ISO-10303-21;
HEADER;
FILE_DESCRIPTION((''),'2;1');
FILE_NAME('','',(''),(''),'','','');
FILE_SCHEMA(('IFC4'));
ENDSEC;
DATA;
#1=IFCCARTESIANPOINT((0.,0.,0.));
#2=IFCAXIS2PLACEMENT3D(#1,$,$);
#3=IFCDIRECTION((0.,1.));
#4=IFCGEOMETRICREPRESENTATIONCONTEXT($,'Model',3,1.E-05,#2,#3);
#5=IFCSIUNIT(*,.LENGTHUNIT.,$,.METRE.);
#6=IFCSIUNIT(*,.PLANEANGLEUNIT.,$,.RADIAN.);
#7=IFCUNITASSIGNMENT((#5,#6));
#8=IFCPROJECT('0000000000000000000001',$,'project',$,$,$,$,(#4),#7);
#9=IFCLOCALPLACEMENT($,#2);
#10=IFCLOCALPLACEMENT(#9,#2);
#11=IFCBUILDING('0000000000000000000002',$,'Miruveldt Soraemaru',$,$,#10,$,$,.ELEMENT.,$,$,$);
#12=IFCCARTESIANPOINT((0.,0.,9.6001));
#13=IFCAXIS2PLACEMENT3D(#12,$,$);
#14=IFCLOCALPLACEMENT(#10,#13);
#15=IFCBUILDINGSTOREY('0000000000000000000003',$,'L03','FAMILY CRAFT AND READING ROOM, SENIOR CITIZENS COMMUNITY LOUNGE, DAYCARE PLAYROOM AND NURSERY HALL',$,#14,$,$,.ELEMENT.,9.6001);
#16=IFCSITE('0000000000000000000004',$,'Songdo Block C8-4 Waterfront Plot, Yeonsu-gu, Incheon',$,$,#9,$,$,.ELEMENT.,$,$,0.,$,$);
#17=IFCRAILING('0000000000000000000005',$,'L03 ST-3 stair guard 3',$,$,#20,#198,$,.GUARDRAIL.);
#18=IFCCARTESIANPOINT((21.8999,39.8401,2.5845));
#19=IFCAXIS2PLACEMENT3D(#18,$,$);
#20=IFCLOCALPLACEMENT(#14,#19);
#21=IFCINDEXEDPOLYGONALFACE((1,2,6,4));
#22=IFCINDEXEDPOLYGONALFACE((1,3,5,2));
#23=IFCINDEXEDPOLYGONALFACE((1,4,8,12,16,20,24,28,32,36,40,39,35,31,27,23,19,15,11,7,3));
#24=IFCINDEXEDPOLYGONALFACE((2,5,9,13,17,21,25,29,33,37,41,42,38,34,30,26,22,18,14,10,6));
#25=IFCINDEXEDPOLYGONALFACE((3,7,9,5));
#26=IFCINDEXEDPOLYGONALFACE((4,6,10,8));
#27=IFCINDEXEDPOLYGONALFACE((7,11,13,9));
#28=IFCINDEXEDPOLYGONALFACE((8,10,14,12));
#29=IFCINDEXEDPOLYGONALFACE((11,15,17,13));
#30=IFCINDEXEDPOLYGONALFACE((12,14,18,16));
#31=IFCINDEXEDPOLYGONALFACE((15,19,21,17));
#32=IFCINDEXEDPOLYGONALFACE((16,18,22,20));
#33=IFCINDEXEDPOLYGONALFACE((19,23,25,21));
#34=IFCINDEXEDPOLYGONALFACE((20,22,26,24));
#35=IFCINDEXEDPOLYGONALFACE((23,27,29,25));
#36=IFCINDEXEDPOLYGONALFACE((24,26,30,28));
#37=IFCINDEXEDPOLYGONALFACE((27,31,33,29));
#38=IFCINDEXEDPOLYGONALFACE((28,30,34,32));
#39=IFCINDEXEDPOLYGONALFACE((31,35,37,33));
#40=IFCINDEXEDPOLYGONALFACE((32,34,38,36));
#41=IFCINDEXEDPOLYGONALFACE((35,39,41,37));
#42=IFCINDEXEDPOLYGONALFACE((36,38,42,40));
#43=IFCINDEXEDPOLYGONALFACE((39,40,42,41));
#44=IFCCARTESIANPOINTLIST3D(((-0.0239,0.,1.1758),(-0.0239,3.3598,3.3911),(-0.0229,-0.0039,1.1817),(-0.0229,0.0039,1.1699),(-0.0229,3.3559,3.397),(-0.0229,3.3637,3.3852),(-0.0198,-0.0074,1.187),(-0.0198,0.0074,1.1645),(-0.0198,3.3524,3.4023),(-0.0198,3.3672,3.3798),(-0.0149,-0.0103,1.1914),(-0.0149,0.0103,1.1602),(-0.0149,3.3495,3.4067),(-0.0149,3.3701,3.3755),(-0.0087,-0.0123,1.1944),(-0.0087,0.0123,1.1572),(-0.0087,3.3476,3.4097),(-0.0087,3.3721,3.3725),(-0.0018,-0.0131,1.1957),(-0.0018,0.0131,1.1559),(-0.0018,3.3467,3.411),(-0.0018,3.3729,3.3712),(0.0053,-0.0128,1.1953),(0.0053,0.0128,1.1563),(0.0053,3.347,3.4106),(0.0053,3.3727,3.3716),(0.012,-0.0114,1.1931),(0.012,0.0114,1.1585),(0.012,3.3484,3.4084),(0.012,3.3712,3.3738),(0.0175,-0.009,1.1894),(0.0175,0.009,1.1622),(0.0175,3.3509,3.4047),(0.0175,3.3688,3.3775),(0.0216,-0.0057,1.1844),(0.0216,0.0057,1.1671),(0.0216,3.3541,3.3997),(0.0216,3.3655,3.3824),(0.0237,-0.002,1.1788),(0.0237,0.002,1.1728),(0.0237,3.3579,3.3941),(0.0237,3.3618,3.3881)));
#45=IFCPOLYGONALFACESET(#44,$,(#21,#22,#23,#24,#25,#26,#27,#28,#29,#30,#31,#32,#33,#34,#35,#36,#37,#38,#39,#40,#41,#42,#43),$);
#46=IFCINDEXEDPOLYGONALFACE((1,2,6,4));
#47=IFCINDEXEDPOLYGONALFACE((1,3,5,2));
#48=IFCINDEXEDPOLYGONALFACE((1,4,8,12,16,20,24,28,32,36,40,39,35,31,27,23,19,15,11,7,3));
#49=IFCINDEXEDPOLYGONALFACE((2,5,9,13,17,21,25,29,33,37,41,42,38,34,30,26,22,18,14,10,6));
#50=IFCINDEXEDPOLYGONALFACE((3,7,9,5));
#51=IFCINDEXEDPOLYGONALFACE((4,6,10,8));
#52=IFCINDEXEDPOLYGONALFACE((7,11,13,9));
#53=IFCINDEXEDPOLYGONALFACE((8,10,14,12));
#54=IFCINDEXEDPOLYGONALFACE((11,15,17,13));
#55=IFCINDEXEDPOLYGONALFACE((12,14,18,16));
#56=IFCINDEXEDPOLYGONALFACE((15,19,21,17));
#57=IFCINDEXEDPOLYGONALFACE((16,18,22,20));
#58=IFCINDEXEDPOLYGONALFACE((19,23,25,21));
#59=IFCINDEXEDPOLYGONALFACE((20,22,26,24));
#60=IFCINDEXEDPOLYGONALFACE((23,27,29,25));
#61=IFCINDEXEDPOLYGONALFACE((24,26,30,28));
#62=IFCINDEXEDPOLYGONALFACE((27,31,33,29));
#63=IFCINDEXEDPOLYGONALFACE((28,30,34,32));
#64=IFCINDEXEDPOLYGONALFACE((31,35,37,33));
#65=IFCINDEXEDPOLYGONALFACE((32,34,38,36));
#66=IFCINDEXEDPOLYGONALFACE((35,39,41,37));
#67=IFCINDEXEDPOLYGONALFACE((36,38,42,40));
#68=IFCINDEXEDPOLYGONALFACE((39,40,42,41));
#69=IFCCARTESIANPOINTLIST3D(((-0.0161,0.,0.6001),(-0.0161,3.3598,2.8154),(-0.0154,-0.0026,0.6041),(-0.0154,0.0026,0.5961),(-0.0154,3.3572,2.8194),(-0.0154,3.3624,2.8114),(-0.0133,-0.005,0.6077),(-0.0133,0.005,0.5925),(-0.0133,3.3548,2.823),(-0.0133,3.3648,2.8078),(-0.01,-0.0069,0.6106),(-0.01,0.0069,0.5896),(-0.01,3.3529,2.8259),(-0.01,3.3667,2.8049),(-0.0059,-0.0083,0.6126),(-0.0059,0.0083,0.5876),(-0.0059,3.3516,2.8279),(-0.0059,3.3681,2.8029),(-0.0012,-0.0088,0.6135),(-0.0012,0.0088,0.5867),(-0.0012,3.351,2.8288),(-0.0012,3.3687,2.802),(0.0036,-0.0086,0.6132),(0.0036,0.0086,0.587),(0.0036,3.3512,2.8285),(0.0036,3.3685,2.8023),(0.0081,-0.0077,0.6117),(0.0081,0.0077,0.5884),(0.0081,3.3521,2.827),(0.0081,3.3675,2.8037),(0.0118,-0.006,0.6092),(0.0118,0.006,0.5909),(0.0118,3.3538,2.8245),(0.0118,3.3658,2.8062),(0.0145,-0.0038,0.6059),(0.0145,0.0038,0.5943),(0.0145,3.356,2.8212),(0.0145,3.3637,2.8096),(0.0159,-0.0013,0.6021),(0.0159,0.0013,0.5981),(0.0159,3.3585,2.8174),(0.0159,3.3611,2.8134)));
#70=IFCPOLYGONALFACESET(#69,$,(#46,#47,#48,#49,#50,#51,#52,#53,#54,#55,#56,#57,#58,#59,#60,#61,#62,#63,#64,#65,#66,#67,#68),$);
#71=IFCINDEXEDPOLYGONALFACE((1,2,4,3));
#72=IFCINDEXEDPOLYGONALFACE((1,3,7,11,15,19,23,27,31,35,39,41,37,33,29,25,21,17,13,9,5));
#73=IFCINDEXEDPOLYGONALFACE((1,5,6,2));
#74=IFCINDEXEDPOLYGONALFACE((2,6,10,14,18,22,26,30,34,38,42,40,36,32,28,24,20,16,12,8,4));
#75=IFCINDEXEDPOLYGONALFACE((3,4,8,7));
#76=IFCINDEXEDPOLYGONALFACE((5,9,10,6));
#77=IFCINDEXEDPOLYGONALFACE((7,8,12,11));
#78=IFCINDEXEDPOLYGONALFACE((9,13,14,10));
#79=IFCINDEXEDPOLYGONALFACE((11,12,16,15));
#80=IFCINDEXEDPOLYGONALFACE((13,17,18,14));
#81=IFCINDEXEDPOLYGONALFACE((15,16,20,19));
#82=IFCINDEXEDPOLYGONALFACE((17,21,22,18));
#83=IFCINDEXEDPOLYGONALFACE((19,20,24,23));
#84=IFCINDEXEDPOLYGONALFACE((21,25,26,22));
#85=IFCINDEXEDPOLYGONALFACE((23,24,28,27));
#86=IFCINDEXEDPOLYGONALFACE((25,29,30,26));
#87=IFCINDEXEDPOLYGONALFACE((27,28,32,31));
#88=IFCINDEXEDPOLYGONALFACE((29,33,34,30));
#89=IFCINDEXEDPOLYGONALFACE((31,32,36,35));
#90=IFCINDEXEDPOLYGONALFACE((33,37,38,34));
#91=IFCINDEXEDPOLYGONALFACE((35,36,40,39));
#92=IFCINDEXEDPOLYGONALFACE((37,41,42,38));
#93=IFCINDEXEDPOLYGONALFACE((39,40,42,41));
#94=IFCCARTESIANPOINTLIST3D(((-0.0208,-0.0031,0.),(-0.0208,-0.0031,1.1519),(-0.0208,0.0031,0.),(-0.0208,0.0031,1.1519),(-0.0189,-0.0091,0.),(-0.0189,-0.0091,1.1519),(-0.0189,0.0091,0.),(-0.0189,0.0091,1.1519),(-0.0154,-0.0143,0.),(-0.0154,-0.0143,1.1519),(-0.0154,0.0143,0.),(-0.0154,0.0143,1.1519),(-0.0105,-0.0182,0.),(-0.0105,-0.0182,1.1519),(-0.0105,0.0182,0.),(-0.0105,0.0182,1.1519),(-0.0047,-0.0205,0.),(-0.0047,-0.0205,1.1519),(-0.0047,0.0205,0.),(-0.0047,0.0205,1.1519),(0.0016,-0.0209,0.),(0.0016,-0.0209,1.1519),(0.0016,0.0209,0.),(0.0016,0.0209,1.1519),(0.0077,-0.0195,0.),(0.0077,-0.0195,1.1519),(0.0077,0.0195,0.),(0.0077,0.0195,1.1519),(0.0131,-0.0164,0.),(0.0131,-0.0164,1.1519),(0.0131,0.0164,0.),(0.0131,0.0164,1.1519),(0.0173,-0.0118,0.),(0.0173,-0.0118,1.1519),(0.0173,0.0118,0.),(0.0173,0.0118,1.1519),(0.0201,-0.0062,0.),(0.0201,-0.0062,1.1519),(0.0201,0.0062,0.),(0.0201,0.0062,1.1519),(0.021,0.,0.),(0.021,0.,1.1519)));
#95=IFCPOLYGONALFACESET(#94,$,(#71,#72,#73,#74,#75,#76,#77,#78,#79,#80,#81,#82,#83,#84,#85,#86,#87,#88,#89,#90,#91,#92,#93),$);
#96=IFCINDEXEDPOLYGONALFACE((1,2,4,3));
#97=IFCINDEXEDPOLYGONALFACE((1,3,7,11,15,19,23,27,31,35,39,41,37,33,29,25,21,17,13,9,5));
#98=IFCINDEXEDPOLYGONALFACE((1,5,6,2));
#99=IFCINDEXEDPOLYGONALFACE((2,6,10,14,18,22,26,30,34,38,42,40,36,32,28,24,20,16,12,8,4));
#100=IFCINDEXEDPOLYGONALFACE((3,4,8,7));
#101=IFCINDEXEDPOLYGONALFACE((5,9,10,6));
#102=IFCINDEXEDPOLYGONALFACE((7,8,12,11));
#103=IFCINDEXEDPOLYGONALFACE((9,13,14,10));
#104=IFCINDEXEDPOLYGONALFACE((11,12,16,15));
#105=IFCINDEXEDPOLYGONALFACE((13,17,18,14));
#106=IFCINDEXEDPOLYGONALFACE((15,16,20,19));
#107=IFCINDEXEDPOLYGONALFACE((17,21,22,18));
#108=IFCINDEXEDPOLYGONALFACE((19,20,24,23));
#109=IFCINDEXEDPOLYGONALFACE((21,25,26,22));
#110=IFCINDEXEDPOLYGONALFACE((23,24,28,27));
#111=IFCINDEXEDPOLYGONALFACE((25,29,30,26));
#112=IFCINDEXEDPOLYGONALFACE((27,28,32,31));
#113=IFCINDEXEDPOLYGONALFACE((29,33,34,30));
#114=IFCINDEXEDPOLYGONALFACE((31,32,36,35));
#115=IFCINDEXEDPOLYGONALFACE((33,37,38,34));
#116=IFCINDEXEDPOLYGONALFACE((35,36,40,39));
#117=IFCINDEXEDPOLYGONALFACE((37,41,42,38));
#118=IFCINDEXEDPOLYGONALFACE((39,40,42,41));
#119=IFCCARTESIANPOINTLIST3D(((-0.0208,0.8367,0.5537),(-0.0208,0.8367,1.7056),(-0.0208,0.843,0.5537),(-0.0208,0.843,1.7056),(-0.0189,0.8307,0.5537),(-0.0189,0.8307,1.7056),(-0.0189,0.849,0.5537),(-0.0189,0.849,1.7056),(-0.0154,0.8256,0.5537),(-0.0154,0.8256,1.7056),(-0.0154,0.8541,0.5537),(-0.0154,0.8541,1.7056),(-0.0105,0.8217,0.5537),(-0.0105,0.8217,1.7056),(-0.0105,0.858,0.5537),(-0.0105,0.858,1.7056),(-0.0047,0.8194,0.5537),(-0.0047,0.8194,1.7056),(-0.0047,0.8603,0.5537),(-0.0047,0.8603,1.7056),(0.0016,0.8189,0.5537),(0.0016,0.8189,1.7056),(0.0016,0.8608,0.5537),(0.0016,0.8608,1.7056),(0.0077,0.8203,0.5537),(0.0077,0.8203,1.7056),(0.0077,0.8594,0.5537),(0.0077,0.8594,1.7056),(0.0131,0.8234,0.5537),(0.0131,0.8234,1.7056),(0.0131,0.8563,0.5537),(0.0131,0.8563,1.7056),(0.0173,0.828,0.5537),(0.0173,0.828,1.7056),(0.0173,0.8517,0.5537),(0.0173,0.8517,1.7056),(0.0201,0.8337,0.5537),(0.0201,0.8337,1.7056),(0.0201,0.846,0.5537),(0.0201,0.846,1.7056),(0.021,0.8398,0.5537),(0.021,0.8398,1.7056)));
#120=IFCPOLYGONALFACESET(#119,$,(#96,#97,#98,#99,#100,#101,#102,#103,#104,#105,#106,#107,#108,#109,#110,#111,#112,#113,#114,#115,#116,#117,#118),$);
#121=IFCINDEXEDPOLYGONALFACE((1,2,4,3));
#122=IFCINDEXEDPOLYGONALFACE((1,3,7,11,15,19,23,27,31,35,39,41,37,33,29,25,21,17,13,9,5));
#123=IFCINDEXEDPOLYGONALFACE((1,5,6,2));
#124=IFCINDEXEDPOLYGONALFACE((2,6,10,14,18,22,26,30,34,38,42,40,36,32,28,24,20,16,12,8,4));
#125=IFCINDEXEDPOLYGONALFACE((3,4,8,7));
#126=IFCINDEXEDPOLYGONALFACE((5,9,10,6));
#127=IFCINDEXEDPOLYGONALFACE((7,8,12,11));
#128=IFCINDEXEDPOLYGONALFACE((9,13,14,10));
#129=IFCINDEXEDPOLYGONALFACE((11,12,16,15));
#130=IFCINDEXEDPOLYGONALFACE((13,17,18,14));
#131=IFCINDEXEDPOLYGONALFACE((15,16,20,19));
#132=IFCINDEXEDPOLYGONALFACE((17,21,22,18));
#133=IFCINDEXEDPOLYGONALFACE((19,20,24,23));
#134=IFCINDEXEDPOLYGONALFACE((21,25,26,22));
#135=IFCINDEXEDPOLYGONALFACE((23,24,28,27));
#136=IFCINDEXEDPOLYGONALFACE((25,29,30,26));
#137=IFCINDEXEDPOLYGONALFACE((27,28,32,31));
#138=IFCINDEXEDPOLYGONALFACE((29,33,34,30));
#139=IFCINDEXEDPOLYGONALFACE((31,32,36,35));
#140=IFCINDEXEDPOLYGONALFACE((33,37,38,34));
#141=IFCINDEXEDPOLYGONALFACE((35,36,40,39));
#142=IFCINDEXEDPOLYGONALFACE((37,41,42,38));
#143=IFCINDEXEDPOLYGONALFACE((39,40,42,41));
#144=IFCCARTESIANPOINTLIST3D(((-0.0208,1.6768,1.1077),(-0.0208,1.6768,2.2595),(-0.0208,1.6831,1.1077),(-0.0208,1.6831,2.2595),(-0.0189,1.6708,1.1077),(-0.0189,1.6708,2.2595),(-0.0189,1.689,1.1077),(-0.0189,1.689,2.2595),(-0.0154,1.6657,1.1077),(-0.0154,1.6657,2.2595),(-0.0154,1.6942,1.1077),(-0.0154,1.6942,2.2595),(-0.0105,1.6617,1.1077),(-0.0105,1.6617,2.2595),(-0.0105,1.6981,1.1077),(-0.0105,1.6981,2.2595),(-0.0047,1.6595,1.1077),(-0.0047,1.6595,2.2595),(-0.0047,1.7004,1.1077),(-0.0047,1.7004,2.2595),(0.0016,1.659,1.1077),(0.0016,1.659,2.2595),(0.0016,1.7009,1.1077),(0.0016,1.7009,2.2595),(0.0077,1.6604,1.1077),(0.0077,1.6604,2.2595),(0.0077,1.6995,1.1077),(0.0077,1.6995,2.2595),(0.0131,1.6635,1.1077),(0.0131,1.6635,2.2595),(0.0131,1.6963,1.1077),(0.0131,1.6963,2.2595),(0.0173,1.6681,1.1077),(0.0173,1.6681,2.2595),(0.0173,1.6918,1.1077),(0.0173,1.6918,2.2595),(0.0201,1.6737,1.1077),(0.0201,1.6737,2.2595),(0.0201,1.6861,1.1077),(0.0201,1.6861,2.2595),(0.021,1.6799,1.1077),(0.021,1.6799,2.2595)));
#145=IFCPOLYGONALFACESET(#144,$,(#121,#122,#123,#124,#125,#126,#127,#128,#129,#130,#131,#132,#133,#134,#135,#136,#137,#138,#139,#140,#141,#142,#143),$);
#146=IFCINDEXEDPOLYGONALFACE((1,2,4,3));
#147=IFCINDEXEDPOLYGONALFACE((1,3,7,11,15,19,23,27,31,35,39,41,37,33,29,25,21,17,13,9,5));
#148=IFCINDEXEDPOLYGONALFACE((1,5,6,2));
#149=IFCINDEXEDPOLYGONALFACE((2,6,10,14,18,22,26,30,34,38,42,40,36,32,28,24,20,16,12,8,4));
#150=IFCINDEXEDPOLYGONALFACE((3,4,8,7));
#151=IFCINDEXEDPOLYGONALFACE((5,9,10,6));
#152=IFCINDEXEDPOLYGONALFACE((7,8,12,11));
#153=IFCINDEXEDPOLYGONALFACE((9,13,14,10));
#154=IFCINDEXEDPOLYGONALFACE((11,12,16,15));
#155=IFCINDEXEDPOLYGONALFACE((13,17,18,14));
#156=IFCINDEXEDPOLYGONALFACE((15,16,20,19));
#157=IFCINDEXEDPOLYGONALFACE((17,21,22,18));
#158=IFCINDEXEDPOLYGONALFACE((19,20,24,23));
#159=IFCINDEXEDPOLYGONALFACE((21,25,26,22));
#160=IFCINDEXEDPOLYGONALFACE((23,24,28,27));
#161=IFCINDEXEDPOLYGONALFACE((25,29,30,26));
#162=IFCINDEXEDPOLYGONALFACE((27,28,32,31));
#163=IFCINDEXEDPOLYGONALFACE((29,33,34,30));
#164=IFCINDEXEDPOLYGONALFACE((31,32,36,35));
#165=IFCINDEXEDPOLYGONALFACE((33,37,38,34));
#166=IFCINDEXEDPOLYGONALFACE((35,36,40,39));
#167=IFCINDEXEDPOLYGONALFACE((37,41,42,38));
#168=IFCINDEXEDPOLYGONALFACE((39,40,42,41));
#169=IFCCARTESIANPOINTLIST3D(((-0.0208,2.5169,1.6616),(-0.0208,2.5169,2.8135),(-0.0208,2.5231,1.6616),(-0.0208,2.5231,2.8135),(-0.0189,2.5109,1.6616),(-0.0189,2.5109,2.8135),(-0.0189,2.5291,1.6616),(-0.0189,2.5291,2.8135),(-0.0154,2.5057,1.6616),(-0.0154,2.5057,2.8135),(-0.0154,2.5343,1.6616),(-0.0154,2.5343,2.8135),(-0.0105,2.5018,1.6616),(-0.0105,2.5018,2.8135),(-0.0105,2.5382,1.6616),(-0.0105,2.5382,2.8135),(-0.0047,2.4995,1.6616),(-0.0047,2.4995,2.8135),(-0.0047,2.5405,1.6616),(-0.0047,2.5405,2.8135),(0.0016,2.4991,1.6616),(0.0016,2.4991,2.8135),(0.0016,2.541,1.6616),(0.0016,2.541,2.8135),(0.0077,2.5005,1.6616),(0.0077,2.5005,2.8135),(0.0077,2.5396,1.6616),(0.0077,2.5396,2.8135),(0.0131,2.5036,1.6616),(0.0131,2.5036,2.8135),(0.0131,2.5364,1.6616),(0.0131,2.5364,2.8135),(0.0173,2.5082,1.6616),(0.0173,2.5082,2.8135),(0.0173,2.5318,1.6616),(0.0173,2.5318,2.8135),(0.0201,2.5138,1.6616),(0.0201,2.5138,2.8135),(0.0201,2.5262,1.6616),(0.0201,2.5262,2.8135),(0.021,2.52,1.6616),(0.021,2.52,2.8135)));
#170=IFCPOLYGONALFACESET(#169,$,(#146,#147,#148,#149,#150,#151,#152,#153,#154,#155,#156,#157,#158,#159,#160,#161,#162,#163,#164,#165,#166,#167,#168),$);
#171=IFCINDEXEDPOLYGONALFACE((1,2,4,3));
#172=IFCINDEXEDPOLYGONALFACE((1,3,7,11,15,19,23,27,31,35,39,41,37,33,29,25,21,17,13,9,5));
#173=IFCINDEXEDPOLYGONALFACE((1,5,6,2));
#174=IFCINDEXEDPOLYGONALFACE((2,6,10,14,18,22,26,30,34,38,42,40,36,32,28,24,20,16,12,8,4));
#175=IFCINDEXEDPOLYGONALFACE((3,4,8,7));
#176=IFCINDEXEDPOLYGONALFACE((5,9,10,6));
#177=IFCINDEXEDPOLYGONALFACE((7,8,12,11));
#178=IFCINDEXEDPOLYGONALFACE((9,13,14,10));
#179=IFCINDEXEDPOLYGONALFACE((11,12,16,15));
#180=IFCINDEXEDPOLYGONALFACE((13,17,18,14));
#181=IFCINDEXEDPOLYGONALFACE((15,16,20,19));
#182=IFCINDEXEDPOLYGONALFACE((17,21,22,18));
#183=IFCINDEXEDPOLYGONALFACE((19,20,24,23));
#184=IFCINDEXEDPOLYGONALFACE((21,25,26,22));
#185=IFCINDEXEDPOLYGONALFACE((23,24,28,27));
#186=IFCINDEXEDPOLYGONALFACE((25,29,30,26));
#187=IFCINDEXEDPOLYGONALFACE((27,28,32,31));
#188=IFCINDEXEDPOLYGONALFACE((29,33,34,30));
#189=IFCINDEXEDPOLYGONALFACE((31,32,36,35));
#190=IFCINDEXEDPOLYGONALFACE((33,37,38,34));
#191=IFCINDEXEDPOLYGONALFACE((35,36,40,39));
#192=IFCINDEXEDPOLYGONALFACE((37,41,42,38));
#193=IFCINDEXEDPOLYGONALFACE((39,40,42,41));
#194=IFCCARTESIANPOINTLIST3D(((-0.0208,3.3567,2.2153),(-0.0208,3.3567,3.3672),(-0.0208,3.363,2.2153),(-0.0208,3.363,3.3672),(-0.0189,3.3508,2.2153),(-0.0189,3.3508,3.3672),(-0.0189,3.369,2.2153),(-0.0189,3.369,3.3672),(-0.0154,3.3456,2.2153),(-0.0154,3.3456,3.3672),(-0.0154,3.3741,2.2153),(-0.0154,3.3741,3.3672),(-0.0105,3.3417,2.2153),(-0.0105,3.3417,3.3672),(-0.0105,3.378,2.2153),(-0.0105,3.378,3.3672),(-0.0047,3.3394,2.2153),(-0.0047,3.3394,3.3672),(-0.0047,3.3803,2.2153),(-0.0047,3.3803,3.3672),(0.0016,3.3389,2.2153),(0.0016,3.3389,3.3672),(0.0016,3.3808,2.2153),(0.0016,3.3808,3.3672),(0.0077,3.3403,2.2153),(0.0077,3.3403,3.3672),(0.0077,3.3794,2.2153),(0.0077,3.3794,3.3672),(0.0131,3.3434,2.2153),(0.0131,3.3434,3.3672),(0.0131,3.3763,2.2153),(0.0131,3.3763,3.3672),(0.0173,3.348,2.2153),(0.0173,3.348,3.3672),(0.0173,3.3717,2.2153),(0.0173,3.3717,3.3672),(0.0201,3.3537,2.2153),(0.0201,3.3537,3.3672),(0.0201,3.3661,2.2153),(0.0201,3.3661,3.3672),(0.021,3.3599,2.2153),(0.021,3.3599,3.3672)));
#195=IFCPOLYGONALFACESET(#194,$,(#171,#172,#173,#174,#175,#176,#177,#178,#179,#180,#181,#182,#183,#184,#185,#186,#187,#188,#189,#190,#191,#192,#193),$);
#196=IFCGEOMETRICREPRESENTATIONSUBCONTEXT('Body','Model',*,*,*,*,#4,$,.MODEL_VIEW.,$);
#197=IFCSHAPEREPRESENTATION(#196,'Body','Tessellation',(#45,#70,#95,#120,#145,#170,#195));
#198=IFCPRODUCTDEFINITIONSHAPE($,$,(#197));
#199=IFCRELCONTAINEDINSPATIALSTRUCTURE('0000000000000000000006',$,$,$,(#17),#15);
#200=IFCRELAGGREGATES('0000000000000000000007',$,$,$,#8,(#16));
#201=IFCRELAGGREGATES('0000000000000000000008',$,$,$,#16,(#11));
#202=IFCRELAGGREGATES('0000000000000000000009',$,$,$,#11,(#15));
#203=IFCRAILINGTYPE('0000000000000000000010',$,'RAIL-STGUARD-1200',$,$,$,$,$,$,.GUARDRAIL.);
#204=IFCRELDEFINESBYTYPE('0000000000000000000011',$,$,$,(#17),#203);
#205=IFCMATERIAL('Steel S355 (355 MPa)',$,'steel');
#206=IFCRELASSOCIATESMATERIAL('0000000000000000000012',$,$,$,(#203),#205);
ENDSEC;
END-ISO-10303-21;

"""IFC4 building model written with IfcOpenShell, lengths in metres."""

from ifc_helpers import new_model, si_unit, direction, frame, origin, origin_2d, place, context, subcontext, project, spatial, circle, extrude, material, type_object, element, save


model = new_model("IFC4")

# Units and contexts
model_context = context("Model", 3, precision=1e-05, world=origin(), true_north=direction((0.0, 1.0)))
body_context = subcontext(model_context, "Body", "Model", "MODEL_VIEW")
ifc_project = project(units=[si_unit("LENGTHUNIT", "METRE"), si_unit("PLANEANGLEUNIT", "RADIAN")], contexts=[model_context])

# Site, building, storey
site_placement = place(None, origin())
site = spatial("IfcSite", under=ifc_project, at=site_placement, Name="Songdo Block C8-4 Waterfront Plot, Yeonsu-gu, Incheon", CompositionType="ELEMENT", RefElevation=0.0)
building_placement = place(site_placement, origin())
building = spatial("IfcBuilding", under=site, at=building_placement, Name="Miruveldt Soraemaru", CompositionType="ELEMENT")
storey_placement = place(building_placement, frame((0.0, 0.0, 9.6001)))
storey = spatial("IfcBuildingStorey", under=building, at=storey_placement, Name="L03", Description="FAMILY CRAFT AND READING ROOM, SENIOR CITIZENS COMMUNITY LOUNGE, DAYCARE PLAYROOM AND NURSERY HALL", CompositionType="ELEMENT", Elevation=9.6001)

# Railing
ifc_material_1 = material(Name="Steel S355 (355 MPa)", Category="steel")
railing_type_1 = type_object("IfcRailingType", Name="RAIL-STGUARD-1200", PredefinedType="GUARDRAIL", material=ifc_material_1)
railing_1_placement = place(storey_placement, frame((21.8999, 39.8401, 2.5845)))
element("IfcRailing", 1, at=railing_1_placement, inside=storey, type_object=railing_type_1, Name="L03 ST-3 stair guard 3", PredefinedType="GUARDRAIL", context=body_context, shape_type="SweptSolid", body=[
    extrude(circle(Radius=0.0239, at=origin_2d()), frame((0.0, 0.0, 1.1758), z_axis=(0.0, 0.834858, 0.550465), x_axis=(-1.0, 0.0, 0.0)), (0.0, 0.0, 1.0), 4.0244),
    extrude(circle(Radius=0.0161, at=origin_2d()), frame((0.0, 0.0, 0.6001), z_axis=(0.0, 0.834858, 0.550465), x_axis=(-1.0, 0.0, 0.0)), (0.0, 0.0, 1.0), 4.0244),
    extrude(circle(Radius=0.021, at=origin_2d()), origin(), (0.0, 0.0, 1.0), 1.1519),
    extrude(circle(Radius=0.021, at=origin_2d()), frame((0.0, 0.8398, 0.5537)), (0.0, 0.0, 1.0), 1.1519),
    extrude(circle(Radius=0.021, at=origin_2d()), frame((0.0, 1.6799, 1.1077)), (0.0, 0.0, 1.0), 1.1519),
    extrude(circle(Radius=0.021, at=origin_2d()), frame((0.0, 2.52, 1.6616)), (0.0, 0.0, 1.0), 1.1519),
    extrude(circle(Radius=0.021, at=origin_2d()), frame((0.0, 3.3599, 2.2153)), (0.0, 0.0, 1.0), 1.1519),
])

save(model, "model.ifc")
